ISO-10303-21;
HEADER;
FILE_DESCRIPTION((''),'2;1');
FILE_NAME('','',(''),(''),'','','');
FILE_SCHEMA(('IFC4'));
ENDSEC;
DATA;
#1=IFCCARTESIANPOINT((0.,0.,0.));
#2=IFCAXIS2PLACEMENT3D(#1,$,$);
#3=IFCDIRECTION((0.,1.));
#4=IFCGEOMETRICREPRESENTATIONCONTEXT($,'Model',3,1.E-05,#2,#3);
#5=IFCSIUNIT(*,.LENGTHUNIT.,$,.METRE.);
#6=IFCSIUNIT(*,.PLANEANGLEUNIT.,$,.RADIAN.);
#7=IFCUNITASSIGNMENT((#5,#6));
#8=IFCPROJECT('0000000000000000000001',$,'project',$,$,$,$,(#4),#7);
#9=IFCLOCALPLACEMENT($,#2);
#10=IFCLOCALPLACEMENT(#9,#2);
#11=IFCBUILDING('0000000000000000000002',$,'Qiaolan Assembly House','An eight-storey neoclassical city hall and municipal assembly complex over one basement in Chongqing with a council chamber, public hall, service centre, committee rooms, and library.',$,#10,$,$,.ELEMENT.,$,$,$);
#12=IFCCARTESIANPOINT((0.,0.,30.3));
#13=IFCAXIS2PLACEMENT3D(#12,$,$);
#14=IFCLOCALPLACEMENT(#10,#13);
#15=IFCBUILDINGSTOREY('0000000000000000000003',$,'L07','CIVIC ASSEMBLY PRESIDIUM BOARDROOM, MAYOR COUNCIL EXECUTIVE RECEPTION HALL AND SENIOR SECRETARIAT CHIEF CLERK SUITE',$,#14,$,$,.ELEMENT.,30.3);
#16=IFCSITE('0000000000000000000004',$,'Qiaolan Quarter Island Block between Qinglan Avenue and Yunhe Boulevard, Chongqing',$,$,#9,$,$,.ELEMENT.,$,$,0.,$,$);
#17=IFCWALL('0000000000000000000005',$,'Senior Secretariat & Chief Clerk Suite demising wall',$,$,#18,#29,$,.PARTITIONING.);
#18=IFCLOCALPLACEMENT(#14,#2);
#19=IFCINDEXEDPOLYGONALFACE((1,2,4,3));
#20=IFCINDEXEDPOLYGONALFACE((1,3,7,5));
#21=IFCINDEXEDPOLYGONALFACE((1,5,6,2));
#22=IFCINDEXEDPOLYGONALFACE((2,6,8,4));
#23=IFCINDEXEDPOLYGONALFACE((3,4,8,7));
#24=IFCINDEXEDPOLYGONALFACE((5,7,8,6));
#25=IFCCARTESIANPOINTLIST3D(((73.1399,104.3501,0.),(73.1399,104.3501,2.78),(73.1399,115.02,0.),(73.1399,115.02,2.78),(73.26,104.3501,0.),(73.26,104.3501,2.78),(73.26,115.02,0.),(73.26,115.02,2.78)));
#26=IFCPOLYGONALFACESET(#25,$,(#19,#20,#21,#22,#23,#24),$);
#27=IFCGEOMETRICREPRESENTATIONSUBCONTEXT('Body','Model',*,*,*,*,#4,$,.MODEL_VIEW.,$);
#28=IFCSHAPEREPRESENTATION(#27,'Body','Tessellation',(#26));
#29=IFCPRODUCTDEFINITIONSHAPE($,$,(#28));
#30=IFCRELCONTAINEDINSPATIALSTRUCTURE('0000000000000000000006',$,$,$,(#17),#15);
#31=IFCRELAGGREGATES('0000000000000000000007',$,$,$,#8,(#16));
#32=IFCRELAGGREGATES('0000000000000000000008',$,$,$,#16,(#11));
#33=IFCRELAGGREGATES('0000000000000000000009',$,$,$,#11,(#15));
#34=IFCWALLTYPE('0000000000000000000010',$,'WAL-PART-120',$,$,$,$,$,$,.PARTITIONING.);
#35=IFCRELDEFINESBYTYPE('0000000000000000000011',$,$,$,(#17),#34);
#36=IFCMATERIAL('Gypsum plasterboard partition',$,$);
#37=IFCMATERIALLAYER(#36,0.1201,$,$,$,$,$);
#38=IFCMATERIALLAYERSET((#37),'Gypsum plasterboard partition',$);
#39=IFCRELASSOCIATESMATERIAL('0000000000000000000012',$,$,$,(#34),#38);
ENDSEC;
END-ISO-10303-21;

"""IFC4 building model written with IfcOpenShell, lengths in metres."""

from ifc_helpers import new_model, si_unit, direction, frame, frame_2d, origin, place, context, subcontext, project, spatial, rectangle, extrude, material, layer, layer_set, type_object, element, save


model = new_model("IFC4")

# Units and contexts
model_context = context("Model", 3, precision=1e-05, world=origin(), true_north=direction((0.0, 1.0)))
body_context = subcontext(model_context, "Body", "Model", "MODEL_VIEW")
ifc_project = project(units=[si_unit("LENGTHUNIT", "METRE"), si_unit("PLANEANGLEUNIT", "RADIAN")], contexts=[model_context])

# Site, building, storey
site_placement = place(None, origin())
site = spatial("IfcSite", under=ifc_project, at=site_placement, Name="Qiaolan Quarter Island Block between Qinglan Avenue and Yunhe Boulevard, Chongqing", CompositionType="ELEMENT", RefElevation=0.0)
building_placement = place(site_placement, origin())
building = spatial("IfcBuilding", under=site, at=building_placement, Name="Qiaolan Assembly House", Description="An eight-storey neoclassical city hall and municipal assembly complex over one basement in Chongqing with a council chamber, public hall, service centre, committee rooms, and library.", CompositionType="ELEMENT")
storey_placement = place(building_placement, frame((0.0, 0.0, 30.3)))
storey = spatial("IfcBuildingStorey", under=building, at=storey_placement, Name="L07", Description="CIVIC ASSEMBLY PRESIDIUM BOARDROOM, MAYOR COUNCIL EXECUTIVE RECEPTION HALL AND SENIOR SECRETARIAT CHIEF CLERK SUITE", CompositionType="ELEMENT", Elevation=30.3)

# Wall
ifc_material_1 = material(Name="Gypsum plasterboard partition")
ifc_layer_1 = layer(ifc_material_1, 0.1201)
ifc_layer_set_1 = layer_set([ifc_layer_1], Name="Gypsum plasterboard partition")
wall_type = type_object("IfcWallType", Name="WAL-PART-120", PredefinedType="PARTITIONING", material=ifc_layer_set_1)
wall_placement = place(storey_placement, frame((73.2, 104.3501, 0.0), z_axis=(0.0, 0.0, 1.0), x_axis=(0.0, 1.0, 0.0)))
element("IfcWall", 1, at=wall_placement, inside=storey, type_object=wall_type, Name="Senior Secretariat & Chief Clerk Suite demising wall", PredefinedType="PARTITIONING", context=body_context, shape_type="SweptSolid", body=[
    extrude(rectangle(XDim=10.6699, YDim=0.1201, at=frame_2d((5.335, 0.0))), origin(), (0.0, 0.0, 1.0), 2.78),
])

save(model, "model.ifc")
